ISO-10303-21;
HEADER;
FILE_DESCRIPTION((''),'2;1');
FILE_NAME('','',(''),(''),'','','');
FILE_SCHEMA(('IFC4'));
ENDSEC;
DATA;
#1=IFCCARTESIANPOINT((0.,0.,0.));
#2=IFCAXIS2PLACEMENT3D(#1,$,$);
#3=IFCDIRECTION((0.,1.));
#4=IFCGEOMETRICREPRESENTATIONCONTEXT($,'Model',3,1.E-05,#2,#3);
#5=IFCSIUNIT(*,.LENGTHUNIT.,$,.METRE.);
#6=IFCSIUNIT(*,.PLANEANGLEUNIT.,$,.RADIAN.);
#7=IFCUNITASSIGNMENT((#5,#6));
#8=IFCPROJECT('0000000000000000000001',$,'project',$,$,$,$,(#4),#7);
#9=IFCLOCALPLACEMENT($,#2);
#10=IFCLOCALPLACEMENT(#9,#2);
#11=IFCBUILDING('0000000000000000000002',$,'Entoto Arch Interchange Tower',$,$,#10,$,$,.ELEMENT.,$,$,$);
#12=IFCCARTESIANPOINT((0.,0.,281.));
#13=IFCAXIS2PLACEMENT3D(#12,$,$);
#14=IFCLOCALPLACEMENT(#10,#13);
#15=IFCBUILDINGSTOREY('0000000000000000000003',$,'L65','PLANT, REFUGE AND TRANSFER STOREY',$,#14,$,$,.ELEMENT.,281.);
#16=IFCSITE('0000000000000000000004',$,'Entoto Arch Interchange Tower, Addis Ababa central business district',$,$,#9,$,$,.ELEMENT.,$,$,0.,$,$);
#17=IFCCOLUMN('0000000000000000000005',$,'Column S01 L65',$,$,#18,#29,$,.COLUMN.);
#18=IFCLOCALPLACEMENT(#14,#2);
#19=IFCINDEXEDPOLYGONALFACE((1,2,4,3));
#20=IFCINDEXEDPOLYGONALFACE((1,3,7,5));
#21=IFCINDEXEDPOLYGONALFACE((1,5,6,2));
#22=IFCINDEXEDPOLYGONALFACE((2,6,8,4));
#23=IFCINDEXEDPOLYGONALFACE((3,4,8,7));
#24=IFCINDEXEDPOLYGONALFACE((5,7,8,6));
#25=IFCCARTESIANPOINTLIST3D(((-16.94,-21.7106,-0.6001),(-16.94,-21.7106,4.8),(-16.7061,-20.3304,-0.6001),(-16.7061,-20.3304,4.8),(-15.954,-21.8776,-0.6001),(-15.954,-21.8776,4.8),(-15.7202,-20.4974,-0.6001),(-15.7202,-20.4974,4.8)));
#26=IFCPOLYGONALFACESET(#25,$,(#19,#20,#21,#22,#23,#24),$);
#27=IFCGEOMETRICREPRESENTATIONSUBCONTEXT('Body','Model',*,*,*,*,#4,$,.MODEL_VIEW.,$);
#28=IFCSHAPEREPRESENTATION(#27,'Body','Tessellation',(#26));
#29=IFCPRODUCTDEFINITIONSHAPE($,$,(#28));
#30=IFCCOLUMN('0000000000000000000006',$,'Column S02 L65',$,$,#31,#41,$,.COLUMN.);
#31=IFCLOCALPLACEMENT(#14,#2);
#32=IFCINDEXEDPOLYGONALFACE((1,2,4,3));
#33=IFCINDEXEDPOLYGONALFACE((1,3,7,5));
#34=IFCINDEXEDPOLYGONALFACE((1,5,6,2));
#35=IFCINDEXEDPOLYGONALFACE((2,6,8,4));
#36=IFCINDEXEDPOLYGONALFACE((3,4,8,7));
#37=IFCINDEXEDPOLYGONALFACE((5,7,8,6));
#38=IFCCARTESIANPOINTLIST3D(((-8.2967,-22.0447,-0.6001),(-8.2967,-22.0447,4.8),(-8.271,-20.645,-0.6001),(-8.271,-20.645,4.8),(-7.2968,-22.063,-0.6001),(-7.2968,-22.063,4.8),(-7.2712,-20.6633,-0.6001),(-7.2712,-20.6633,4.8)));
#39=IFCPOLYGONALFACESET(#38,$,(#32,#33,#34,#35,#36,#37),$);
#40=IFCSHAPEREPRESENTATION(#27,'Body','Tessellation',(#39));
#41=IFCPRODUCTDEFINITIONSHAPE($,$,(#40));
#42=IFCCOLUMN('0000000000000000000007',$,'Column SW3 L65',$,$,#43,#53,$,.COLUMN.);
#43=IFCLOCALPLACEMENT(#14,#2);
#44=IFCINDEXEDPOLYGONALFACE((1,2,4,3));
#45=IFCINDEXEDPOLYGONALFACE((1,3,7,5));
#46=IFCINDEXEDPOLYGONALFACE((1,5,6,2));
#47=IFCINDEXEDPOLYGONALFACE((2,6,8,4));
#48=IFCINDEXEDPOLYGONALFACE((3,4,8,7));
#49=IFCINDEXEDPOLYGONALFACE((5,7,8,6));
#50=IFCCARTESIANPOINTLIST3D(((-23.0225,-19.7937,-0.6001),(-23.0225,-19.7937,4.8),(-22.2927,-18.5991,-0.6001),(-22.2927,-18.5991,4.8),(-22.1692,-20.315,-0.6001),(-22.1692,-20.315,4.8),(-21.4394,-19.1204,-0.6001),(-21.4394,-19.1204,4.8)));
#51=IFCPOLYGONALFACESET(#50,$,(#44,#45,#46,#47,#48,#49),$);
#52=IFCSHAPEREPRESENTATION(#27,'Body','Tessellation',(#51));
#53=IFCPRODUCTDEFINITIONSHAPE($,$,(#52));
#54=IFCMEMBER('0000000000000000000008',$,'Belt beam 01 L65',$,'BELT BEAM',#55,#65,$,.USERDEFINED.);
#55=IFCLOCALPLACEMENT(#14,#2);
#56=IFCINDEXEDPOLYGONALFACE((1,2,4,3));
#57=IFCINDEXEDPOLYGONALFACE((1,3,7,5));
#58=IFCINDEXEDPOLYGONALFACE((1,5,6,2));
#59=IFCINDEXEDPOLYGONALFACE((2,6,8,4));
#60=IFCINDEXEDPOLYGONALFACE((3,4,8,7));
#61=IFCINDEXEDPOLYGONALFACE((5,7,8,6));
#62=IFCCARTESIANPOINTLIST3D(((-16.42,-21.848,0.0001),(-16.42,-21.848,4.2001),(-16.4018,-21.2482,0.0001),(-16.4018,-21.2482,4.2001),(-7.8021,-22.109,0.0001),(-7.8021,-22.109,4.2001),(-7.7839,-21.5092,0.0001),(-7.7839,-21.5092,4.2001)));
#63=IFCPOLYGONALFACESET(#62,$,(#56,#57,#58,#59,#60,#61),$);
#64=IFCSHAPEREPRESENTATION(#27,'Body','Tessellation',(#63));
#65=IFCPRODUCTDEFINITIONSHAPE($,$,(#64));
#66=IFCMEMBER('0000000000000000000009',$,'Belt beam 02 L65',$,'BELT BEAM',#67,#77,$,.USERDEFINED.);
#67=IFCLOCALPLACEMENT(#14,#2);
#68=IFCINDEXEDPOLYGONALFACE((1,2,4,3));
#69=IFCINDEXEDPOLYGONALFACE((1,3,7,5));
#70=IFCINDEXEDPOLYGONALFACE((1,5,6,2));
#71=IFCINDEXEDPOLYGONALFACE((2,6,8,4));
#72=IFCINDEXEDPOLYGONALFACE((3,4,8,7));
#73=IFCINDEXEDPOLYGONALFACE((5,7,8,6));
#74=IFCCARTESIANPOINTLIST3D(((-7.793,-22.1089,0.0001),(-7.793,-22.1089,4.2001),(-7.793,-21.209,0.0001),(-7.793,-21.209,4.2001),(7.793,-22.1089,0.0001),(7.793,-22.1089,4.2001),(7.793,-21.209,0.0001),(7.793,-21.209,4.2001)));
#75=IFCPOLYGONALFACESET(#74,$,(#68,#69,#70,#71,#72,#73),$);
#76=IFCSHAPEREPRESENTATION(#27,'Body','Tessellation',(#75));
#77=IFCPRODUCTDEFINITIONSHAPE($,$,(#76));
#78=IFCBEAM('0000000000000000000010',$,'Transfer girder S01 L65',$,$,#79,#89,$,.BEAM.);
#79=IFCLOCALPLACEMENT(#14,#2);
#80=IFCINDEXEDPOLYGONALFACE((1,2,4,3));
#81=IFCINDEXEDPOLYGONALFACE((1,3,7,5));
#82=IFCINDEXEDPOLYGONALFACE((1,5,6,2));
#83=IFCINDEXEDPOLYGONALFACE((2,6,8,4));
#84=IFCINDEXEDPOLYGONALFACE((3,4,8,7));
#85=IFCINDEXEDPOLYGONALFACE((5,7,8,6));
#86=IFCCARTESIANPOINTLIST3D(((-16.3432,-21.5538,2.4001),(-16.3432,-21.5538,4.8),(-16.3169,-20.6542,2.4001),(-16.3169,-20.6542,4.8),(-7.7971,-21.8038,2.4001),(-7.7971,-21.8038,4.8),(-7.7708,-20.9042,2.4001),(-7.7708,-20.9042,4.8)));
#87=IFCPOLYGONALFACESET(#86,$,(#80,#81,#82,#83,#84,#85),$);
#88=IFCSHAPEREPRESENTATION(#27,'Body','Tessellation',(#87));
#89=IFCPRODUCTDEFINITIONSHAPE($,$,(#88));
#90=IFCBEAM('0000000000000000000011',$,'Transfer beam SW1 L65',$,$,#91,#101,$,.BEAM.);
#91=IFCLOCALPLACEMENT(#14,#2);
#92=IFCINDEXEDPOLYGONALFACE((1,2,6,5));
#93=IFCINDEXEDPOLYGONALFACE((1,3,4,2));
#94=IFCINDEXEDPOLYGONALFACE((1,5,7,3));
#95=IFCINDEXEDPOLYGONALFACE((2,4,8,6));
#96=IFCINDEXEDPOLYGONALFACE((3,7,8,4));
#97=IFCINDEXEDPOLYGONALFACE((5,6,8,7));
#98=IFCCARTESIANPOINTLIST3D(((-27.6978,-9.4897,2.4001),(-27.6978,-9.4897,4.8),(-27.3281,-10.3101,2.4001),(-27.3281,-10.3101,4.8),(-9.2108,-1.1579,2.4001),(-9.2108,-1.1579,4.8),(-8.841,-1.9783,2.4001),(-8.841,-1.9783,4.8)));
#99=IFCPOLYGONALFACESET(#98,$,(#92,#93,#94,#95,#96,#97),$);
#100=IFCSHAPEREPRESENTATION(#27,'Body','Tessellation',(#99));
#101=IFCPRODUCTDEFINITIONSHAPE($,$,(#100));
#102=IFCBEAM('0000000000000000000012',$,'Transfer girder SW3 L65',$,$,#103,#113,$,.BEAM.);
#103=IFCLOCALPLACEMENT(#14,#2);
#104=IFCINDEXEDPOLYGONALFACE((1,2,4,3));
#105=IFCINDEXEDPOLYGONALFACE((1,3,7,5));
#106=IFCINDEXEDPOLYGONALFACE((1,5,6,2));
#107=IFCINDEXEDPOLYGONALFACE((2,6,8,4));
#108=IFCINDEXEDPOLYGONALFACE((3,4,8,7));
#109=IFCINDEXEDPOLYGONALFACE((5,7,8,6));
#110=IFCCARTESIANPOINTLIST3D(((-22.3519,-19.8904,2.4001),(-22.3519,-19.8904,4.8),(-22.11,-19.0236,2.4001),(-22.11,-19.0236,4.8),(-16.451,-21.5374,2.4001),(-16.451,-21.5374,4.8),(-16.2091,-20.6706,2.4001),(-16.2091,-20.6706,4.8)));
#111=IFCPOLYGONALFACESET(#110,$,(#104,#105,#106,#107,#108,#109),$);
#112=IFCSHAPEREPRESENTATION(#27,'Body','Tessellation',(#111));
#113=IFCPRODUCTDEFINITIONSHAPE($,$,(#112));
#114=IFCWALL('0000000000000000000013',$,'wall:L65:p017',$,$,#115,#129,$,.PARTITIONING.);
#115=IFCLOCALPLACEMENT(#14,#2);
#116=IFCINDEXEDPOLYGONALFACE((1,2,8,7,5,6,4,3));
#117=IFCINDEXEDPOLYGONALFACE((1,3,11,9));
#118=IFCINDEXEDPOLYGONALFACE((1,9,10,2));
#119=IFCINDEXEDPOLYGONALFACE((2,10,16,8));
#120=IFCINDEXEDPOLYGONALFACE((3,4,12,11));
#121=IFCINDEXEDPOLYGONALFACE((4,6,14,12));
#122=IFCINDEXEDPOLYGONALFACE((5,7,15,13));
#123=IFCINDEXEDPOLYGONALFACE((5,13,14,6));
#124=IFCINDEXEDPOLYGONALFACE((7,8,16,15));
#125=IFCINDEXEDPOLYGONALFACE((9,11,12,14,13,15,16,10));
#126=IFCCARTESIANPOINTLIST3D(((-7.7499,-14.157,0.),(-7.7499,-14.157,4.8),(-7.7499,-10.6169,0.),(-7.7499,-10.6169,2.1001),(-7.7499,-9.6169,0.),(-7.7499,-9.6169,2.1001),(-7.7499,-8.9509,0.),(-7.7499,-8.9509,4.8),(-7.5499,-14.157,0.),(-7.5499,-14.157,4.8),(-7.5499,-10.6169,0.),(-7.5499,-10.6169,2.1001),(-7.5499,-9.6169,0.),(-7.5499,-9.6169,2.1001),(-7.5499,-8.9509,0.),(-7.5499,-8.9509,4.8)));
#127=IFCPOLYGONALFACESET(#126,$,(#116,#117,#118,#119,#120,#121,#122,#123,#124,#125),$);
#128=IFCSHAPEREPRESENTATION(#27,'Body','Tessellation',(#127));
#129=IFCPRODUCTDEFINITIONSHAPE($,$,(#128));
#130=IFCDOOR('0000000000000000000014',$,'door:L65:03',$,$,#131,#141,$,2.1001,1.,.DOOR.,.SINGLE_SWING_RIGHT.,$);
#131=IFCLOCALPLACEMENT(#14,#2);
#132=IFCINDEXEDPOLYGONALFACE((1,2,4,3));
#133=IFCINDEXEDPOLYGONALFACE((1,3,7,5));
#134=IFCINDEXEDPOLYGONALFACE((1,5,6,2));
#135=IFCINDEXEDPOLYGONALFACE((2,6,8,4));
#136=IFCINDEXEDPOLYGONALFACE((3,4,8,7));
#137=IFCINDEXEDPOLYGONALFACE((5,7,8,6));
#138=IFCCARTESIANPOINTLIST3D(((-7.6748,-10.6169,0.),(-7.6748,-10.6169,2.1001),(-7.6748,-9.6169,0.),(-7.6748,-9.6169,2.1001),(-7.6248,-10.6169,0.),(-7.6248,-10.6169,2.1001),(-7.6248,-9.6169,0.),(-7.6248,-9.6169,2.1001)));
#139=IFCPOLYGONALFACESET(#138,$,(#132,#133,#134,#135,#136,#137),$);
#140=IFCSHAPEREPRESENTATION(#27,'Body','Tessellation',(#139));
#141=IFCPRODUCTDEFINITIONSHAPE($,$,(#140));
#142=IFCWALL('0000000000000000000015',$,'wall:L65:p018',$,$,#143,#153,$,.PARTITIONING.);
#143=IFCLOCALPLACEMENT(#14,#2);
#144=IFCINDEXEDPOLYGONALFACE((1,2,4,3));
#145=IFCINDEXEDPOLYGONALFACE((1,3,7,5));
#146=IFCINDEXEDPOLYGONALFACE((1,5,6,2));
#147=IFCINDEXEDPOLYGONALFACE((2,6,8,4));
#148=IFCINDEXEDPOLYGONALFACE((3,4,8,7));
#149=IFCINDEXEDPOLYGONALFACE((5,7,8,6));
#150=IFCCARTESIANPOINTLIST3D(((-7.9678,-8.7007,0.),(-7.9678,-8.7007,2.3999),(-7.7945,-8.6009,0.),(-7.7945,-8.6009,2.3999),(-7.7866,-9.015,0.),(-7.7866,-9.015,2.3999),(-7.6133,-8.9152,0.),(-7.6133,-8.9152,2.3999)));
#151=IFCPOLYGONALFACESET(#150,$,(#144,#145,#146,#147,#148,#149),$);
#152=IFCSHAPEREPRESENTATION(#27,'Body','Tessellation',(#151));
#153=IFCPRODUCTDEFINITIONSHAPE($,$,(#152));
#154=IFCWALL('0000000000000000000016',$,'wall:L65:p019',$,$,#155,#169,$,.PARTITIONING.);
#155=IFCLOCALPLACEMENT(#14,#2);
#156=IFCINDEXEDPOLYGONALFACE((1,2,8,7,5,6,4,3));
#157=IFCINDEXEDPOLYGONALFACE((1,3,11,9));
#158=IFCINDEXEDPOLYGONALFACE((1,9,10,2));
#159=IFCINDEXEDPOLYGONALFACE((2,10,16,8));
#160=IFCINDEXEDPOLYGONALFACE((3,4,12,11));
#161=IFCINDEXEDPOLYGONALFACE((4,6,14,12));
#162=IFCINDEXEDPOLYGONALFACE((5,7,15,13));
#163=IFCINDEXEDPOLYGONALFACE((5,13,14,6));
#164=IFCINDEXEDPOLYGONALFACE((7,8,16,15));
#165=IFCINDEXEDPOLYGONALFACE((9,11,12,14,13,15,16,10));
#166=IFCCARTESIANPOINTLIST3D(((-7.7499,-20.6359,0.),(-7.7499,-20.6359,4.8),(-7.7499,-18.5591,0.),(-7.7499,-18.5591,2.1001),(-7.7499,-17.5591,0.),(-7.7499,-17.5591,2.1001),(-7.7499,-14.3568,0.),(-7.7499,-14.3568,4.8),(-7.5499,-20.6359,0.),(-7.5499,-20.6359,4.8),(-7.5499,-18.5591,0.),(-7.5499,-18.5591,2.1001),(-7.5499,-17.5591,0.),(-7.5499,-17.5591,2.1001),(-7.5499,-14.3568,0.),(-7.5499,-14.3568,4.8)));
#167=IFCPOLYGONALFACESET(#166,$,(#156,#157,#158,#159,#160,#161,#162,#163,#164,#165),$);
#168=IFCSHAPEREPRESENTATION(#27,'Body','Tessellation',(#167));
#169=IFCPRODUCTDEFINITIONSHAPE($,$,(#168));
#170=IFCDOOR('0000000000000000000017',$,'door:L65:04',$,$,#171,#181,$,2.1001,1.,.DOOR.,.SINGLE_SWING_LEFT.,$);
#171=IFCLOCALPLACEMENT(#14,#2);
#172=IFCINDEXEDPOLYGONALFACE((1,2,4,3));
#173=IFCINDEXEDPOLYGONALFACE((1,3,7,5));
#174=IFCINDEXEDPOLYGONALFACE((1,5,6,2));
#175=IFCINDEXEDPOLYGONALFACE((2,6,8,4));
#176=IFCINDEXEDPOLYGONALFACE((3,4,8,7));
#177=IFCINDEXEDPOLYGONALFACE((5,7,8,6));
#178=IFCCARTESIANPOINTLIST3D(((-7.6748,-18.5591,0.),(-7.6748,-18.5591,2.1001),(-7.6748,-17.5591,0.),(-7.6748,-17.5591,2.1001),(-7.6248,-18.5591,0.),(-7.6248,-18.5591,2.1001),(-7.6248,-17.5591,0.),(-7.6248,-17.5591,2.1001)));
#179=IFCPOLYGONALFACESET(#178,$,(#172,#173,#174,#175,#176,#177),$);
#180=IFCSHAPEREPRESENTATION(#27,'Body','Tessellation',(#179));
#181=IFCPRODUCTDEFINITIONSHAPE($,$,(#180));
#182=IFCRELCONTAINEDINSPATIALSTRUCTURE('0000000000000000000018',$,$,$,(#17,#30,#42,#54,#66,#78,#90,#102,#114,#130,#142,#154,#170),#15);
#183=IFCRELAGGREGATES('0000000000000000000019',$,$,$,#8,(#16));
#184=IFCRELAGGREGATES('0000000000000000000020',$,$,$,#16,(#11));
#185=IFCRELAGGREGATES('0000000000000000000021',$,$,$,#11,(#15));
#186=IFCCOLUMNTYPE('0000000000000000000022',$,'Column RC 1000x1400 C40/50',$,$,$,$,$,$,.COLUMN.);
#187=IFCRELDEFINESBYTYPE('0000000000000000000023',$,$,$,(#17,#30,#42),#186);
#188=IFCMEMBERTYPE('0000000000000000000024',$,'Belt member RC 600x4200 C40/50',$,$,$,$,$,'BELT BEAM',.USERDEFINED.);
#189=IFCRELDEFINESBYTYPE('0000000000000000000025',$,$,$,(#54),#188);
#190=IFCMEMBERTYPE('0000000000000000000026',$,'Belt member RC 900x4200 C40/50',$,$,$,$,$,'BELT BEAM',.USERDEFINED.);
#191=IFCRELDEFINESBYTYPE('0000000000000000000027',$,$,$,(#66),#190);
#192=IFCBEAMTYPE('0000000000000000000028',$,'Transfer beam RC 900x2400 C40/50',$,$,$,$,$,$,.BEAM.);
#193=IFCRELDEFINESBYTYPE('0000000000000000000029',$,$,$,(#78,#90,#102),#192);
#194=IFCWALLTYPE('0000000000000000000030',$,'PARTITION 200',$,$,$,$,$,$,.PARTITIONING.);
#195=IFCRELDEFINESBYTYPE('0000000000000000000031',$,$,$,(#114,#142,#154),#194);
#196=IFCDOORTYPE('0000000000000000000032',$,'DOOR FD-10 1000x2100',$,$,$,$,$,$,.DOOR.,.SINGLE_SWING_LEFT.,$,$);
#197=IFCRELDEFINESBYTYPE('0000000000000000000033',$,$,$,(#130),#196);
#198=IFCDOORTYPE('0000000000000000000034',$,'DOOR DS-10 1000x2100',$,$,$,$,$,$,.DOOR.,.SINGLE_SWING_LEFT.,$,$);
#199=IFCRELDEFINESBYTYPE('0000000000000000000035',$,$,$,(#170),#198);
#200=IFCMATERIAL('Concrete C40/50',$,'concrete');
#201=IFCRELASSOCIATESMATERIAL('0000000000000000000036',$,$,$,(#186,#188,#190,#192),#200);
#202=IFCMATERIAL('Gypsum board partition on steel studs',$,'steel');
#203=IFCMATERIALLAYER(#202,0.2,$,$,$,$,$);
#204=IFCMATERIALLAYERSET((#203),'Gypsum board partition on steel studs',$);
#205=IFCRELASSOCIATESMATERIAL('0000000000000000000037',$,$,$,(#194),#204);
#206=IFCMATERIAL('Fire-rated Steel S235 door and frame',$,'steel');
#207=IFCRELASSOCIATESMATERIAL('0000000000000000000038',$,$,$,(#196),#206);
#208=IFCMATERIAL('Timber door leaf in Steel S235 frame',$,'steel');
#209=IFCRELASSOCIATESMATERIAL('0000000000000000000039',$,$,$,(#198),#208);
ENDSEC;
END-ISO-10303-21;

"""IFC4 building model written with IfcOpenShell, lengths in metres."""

from ifc_helpers import new_model, si_unit, direction, frame, frame_2d, origin, origin_2d, place, context, subcontext, project, spatial, rectangle, extrude, material, layer, layer_set, material_profile, profile_set, type_object, element, fill, save


model = new_model("IFC4")

# Units and contexts
model_context = context("Model", 3, precision=1e-05, world=origin(), true_north=direction((0.0, 1.0)))
body_context = subcontext(model_context, "Body", "Model", "MODEL_VIEW")
ifc_project = project(units=[si_unit("LENGTHUNIT", "METRE"), si_unit("PLANEANGLEUNIT", "RADIAN")], contexts=[model_context])

# Site, building, storey
site_placement = place(None, origin())
site = spatial("IfcSite", under=ifc_project, at=site_placement, Name="Entoto Arch Interchange Tower, Addis Ababa central business district", CompositionType="ELEMENT", RefElevation=0.0)
building_placement = place(site_placement, origin())
building = spatial("IfcBuilding", under=site, at=building_placement, Name="Entoto Arch Interchange Tower", CompositionType="ELEMENT")
storey_placement = place(building_placement, frame((0.0, 0.0, 281.0)))
storey = spatial("IfcBuildingStorey", under=building, at=storey_placement, Name="L65", Description="PLANT, REFUGE AND TRANSFER STOREY", CompositionType="ELEMENT", Elevation=281.0)

# Columns
ifc_material_1 = material(Name="Concrete C40/50", Category="concrete")
ifc_material_profile_1 = material_profile(ifc_material_1, rectangle(XDim=1.0, YDim=1.3999, at=origin_2d()))
ifc_profile_set_1 = profile_set([ifc_material_profile_1], Name="Concrete C40/50")
column_type = type_object("IfcColumnType", Name="Column RC 1000x1400 C40/50", PredefinedType="COLUMN", material=ifc_profile_set_1)
for number, where, z_axis, x_axis, name in (
    (1, (-16.3301, -21.104, -0.6001), (0.0, 0.0, 1.0), (-0.985952, 0.167027, 0.0), "Column S01 L65"),
    (2, (-7.7839, -21.354, -0.6001), (0.0, 0.0, 1.0), (-0.999833, 0.01829, 0.0), "Column S02 L65"),
    (3, (-22.231, -19.457, -0.6001), (0.0, 0.0, 1.0), (-0.853342, 0.521352, 0.0), "Column SW3 L65"),
):
    element("IfcColumn", number, at=place(storey_placement, frame(where, z_axis=z_axis, x_axis=x_axis)), inside=storey, type_object=column_type, Name=name, PredefinedType="COLUMN", context=body_context, shape_type="SweptSolid", body=[
        extrude(rectangle(XDim=1.0, YDim=1.3999, at=origin_2d()), origin(), (0.0, 0.0, 1.0), 5.4001),
    ])

# Members
ifc_material_profile_2 = material_profile(ifc_material_1, rectangle(XDim=0.6001, YDim=4.2, at=origin_2d()))
ifc_profile_set_2 = profile_set([ifc_material_profile_2], Name="Concrete C40/50")
member_type_1 = type_object("IfcMemberType", Name="Belt member RC 600x4200 C40/50", ElementType="BELT BEAM", PredefinedType="USERDEFINED", material=ifc_profile_set_2)
member_1_placement = place(storey_placement, frame((-16.4109, -21.5481, 2.1001), z_axis=(0.999542, -0.03027, 0.0), x_axis=(0.03027, 0.999542, 0.0)))
element("IfcMember", 4, at=member_1_placement, inside=storey, type_object=member_type_1, Name="Belt beam 01 L65", ObjectType="BELT BEAM", PredefinedType="USERDEFINED", context=body_context, shape_type="SweptSolid", body=[
    extrude(rectangle(XDim=0.6001, YDim=4.2, at=origin_2d()), origin(), (0.0, 0.0, 1.0), 8.6218),
])
ifc_material_profile_3 = material_profile(ifc_material_1, rectangle(XDim=0.8999, YDim=4.2, at=origin_2d()))
ifc_profile_set_3 = profile_set([ifc_material_profile_3], Name="Concrete C40/50")
member_type_2 = type_object("IfcMemberType", Name="Belt member RC 900x4200 C40/50", ElementType="BELT BEAM", PredefinedType="USERDEFINED", material=ifc_profile_set_3)
member_2_placement = place(storey_placement, frame((-7.793, -21.6589, 2.1001), z_axis=(1.0, 0.0, 0.0), x_axis=(0.0, 1.0, 0.0)))
element("IfcMember", 5, at=member_2_placement, inside=storey, type_object=member_type_2, Name="Belt beam 02 L65", ObjectType="BELT BEAM", PredefinedType="USERDEFINED", context=body_context, shape_type="SweptSolid", body=[
    extrude(rectangle(XDim=0.8999, YDim=4.2, at=origin_2d()), origin(), (0.0, 0.0, 1.0), 15.5859),
])

# Beams
ifc_material_profile_4 = material_profile(ifc_material_1, rectangle(XDim=0.8999, YDim=2.3999, at=origin_2d()))
ifc_profile_set_4 = profile_set([ifc_material_profile_4], Name="Concrete C40/50")
beam_type = type_object("IfcBeamType", Name="Transfer beam RC 900x2400 C40/50", PredefinedType="BEAM", material=ifc_profile_set_4)
beam_1_placement = place(storey_placement, frame((-16.3301, -21.104, 3.6001), z_axis=(0.999572, -0.02924, 0.0), x_axis=(0.02924, 0.999572, 0.0)))
element("IfcBeam", 6, at=beam_1_placement, inside=storey, type_object=beam_type, Name="Transfer girder S01 L65", PredefinedType="BEAM", context=body_context, shape_type="SweptSolid", body=[
    extrude(rectangle(XDim=0.8999, YDim=2.3999, at=origin_2d()), origin(), (0.0, 0.0, 1.0), 8.5498),
])
beam_2_placement = place(storey_placement, frame((-9.0259, -1.5681, 3.6001), z_axis=(-0.911689, -0.410882, 0.0), x_axis=(0.410882, -0.911689, 0.0)))
element("IfcBeam", 7, at=beam_2_placement, inside=storey, type_object=beam_type, Name="Transfer beam SW1 L65", PredefinedType="BEAM", context=body_context, shape_type="SweptSolid", body=[
    extrude(rectangle(XDim=0.8999, YDim=2.3999, at=origin_2d()), origin(), (0.0, 0.0, 1.0), 20.2778),
])
beam_3_placement = place(storey_placement, frame((-22.231, -19.457, 3.6001), z_axis=(0.963187, -0.268832, 0.0), x_axis=(0.268832, 0.963187, 0.0)))
element("IfcBeam", 8, at=beam_3_placement, inside=storey, type_object=beam_type, Name="Transfer girder SW3 L65", PredefinedType="BEAM", context=body_context, shape_type="SweptSolid", body=[
    extrude(rectangle(XDim=0.8999, YDim=2.3999, at=origin_2d()), origin(), (0.0, 0.0, 1.0), 6.1265),
])

# Wall, opening, door
ifc_material_2 = material(Name="Gypsum board partition on steel studs", Category="steel")
ifc_layer_1 = layer(ifc_material_2, 0.2)
ifc_layer_set_1 = layer_set([ifc_layer_1], Name="Gypsum board partition on steel studs")
wall_type_1 = type_object("IfcWallType", Name="PARTITION 200", PredefinedType="PARTITIONING", material=ifc_layer_set_1)
wall_1_placement = place(storey_placement, frame((-7.6499, -14.157, 0.0), z_axis=(0.0, 0.0, 1.0), x_axis=(0.0, 1.0, 0.0)))
wall_1 = element("IfcWall", 9, at=wall_1_placement, inside=storey, type_object=wall_type_1, Name="wall:L65:p017", PredefinedType="PARTITIONING", context=body_context, shape_type="SweptSolid", body=[
    extrude(rectangle(XDim=5.2061, YDim=0.2, at=frame_2d((2.603, 0.0))), origin(), (0.0, 0.0, 1.0), 4.8),
])
opening_1_placement = place(wall_1_placement, frame((3.54, 0.0, 0.0)))
opening_1 = element("IfcOpeningElement", 10, at=opening_1_placement, cuts=wall_1, PredefinedType="OPENING", context=body_context, shape_type="SweptSolid", body=[
    extrude(rectangle(XDim=1.0, YDim=2.1001, at=frame_2d((0.5, 1.05))), frame((0.0, 0.1099, 0.0), z_axis=(0.0, -1.0, 0.0), x_axis=(1.0, 0.0, 0.0)), (0.0, 0.0, 1.0), 0.22),
])
ifc_material_3 = material(Name="Fire-rated Steel S235 door and frame", Category="steel")
door_type_1 = type_object("IfcDoorType", Name="DOOR FD-10 1000x2100", OperationType="SINGLE_SWING_LEFT", PredefinedType="DOOR", material=ifc_material_3)
door_1_placement = place(opening_1_placement, origin())
door_1 = element("IfcDoor", 11, at=door_1_placement, inside=storey, type_object=door_type_1, Name="door:L65:03", OperationType="SINGLE_SWING_RIGHT", OverallHeight=2.1001, OverallWidth=1.0, PredefinedType="DOOR", context=body_context, shape_type="SweptSolid", body=[
    extrude(rectangle(XDim=1.0, YDim=2.1001, at=frame_2d((0.5, 1.05))), frame((0.0, 0.0249, 0.0), z_axis=(0.0, -1.0, 0.0), x_axis=(1.0, 0.0, 0.0)), (0.0, 0.0, 1.0), 0.05),
])
fill(opening_1, door_1)

# Wall
wall_2_placement = place(storey_placement, frame((-7.7, -8.9651, 0.0), z_axis=(0.0, 0.0, 1.0), x_axis=(-0.49947, 0.866331, 0.0)))
element("IfcWall", 12, at=wall_2_placement, inside=storey, type_object=wall_type_1, Name="wall:L65:p018", PredefinedType="PARTITIONING", context=body_context, shape_type="SweptSolid", body=[
    extrude(rectangle(XDim=0.3628, YDim=0.2, at=frame_2d((0.1814, 0.0))), origin(), (0.0, 0.0, 1.0), 2.3999),
])

# Wall, opening, door
wall_3_placement = place(storey_placement, frame((-7.6499, -20.636, 0.0), z_axis=(0.0, 0.0, 1.0), x_axis=(0.0, 1.0, 0.0)))
wall_3 = element("IfcWall", 13, at=wall_3_placement, inside=storey, type_object=wall_type_1, Name="wall:L65:p019", PredefinedType="PARTITIONING", context=body_context, shape_type="SweptSolid", body=[
    extrude(rectangle(XDim=6.2791, YDim=0.2, at=frame_2d((3.1396, 0.0))), origin(), (0.0, 0.0, 1.0), 4.8),
])
opening_2_placement = place(wall_3_placement, frame((2.0769, 0.0, 0.0)))
opening_2 = element("IfcOpeningElement", 14, at=opening_2_placement, cuts=wall_3, PredefinedType="OPENING", context=body_context, shape_type="SweptSolid", body=[
    extrude(rectangle(XDim=1.0, YDim=2.1001, at=frame_2d((0.5, 1.05))), frame((0.0, 0.1099, 0.0), z_axis=(0.0, -1.0, 0.0), x_axis=(1.0, 0.0, 0.0)), (0.0, 0.0, 1.0), 0.22),
])
ifc_material_4 = material(Name="Timber door leaf in Steel S235 frame", Category="steel")
door_type_2 = type_object("IfcDoorType", Name="DOOR DS-10 1000x2100", OperationType="SINGLE_SWING_LEFT", PredefinedType="DOOR", material=ifc_material_4)
door_2_placement = place(opening_2_placement, origin())
door_2 = element("IfcDoor", 15, at=door_2_placement, inside=storey, type_object=door_type_2, Name="door:L65:04", OperationType="SINGLE_SWING_LEFT", OverallHeight=2.1001, OverallWidth=1.0, PredefinedType="DOOR", context=body_context, shape_type="SweptSolid", body=[
    extrude(rectangle(XDim=1.0, YDim=2.1001, at=frame_2d((0.5, 1.05))), frame((0.0, 0.0249, 0.0), z_axis=(0.0, -1.0, 0.0), x_axis=(1.0, 0.0, 0.0)), (0.0, 0.0, 1.0), 0.05),
])
fill(opening_2, door_2)

save(model, "model.ifc")
